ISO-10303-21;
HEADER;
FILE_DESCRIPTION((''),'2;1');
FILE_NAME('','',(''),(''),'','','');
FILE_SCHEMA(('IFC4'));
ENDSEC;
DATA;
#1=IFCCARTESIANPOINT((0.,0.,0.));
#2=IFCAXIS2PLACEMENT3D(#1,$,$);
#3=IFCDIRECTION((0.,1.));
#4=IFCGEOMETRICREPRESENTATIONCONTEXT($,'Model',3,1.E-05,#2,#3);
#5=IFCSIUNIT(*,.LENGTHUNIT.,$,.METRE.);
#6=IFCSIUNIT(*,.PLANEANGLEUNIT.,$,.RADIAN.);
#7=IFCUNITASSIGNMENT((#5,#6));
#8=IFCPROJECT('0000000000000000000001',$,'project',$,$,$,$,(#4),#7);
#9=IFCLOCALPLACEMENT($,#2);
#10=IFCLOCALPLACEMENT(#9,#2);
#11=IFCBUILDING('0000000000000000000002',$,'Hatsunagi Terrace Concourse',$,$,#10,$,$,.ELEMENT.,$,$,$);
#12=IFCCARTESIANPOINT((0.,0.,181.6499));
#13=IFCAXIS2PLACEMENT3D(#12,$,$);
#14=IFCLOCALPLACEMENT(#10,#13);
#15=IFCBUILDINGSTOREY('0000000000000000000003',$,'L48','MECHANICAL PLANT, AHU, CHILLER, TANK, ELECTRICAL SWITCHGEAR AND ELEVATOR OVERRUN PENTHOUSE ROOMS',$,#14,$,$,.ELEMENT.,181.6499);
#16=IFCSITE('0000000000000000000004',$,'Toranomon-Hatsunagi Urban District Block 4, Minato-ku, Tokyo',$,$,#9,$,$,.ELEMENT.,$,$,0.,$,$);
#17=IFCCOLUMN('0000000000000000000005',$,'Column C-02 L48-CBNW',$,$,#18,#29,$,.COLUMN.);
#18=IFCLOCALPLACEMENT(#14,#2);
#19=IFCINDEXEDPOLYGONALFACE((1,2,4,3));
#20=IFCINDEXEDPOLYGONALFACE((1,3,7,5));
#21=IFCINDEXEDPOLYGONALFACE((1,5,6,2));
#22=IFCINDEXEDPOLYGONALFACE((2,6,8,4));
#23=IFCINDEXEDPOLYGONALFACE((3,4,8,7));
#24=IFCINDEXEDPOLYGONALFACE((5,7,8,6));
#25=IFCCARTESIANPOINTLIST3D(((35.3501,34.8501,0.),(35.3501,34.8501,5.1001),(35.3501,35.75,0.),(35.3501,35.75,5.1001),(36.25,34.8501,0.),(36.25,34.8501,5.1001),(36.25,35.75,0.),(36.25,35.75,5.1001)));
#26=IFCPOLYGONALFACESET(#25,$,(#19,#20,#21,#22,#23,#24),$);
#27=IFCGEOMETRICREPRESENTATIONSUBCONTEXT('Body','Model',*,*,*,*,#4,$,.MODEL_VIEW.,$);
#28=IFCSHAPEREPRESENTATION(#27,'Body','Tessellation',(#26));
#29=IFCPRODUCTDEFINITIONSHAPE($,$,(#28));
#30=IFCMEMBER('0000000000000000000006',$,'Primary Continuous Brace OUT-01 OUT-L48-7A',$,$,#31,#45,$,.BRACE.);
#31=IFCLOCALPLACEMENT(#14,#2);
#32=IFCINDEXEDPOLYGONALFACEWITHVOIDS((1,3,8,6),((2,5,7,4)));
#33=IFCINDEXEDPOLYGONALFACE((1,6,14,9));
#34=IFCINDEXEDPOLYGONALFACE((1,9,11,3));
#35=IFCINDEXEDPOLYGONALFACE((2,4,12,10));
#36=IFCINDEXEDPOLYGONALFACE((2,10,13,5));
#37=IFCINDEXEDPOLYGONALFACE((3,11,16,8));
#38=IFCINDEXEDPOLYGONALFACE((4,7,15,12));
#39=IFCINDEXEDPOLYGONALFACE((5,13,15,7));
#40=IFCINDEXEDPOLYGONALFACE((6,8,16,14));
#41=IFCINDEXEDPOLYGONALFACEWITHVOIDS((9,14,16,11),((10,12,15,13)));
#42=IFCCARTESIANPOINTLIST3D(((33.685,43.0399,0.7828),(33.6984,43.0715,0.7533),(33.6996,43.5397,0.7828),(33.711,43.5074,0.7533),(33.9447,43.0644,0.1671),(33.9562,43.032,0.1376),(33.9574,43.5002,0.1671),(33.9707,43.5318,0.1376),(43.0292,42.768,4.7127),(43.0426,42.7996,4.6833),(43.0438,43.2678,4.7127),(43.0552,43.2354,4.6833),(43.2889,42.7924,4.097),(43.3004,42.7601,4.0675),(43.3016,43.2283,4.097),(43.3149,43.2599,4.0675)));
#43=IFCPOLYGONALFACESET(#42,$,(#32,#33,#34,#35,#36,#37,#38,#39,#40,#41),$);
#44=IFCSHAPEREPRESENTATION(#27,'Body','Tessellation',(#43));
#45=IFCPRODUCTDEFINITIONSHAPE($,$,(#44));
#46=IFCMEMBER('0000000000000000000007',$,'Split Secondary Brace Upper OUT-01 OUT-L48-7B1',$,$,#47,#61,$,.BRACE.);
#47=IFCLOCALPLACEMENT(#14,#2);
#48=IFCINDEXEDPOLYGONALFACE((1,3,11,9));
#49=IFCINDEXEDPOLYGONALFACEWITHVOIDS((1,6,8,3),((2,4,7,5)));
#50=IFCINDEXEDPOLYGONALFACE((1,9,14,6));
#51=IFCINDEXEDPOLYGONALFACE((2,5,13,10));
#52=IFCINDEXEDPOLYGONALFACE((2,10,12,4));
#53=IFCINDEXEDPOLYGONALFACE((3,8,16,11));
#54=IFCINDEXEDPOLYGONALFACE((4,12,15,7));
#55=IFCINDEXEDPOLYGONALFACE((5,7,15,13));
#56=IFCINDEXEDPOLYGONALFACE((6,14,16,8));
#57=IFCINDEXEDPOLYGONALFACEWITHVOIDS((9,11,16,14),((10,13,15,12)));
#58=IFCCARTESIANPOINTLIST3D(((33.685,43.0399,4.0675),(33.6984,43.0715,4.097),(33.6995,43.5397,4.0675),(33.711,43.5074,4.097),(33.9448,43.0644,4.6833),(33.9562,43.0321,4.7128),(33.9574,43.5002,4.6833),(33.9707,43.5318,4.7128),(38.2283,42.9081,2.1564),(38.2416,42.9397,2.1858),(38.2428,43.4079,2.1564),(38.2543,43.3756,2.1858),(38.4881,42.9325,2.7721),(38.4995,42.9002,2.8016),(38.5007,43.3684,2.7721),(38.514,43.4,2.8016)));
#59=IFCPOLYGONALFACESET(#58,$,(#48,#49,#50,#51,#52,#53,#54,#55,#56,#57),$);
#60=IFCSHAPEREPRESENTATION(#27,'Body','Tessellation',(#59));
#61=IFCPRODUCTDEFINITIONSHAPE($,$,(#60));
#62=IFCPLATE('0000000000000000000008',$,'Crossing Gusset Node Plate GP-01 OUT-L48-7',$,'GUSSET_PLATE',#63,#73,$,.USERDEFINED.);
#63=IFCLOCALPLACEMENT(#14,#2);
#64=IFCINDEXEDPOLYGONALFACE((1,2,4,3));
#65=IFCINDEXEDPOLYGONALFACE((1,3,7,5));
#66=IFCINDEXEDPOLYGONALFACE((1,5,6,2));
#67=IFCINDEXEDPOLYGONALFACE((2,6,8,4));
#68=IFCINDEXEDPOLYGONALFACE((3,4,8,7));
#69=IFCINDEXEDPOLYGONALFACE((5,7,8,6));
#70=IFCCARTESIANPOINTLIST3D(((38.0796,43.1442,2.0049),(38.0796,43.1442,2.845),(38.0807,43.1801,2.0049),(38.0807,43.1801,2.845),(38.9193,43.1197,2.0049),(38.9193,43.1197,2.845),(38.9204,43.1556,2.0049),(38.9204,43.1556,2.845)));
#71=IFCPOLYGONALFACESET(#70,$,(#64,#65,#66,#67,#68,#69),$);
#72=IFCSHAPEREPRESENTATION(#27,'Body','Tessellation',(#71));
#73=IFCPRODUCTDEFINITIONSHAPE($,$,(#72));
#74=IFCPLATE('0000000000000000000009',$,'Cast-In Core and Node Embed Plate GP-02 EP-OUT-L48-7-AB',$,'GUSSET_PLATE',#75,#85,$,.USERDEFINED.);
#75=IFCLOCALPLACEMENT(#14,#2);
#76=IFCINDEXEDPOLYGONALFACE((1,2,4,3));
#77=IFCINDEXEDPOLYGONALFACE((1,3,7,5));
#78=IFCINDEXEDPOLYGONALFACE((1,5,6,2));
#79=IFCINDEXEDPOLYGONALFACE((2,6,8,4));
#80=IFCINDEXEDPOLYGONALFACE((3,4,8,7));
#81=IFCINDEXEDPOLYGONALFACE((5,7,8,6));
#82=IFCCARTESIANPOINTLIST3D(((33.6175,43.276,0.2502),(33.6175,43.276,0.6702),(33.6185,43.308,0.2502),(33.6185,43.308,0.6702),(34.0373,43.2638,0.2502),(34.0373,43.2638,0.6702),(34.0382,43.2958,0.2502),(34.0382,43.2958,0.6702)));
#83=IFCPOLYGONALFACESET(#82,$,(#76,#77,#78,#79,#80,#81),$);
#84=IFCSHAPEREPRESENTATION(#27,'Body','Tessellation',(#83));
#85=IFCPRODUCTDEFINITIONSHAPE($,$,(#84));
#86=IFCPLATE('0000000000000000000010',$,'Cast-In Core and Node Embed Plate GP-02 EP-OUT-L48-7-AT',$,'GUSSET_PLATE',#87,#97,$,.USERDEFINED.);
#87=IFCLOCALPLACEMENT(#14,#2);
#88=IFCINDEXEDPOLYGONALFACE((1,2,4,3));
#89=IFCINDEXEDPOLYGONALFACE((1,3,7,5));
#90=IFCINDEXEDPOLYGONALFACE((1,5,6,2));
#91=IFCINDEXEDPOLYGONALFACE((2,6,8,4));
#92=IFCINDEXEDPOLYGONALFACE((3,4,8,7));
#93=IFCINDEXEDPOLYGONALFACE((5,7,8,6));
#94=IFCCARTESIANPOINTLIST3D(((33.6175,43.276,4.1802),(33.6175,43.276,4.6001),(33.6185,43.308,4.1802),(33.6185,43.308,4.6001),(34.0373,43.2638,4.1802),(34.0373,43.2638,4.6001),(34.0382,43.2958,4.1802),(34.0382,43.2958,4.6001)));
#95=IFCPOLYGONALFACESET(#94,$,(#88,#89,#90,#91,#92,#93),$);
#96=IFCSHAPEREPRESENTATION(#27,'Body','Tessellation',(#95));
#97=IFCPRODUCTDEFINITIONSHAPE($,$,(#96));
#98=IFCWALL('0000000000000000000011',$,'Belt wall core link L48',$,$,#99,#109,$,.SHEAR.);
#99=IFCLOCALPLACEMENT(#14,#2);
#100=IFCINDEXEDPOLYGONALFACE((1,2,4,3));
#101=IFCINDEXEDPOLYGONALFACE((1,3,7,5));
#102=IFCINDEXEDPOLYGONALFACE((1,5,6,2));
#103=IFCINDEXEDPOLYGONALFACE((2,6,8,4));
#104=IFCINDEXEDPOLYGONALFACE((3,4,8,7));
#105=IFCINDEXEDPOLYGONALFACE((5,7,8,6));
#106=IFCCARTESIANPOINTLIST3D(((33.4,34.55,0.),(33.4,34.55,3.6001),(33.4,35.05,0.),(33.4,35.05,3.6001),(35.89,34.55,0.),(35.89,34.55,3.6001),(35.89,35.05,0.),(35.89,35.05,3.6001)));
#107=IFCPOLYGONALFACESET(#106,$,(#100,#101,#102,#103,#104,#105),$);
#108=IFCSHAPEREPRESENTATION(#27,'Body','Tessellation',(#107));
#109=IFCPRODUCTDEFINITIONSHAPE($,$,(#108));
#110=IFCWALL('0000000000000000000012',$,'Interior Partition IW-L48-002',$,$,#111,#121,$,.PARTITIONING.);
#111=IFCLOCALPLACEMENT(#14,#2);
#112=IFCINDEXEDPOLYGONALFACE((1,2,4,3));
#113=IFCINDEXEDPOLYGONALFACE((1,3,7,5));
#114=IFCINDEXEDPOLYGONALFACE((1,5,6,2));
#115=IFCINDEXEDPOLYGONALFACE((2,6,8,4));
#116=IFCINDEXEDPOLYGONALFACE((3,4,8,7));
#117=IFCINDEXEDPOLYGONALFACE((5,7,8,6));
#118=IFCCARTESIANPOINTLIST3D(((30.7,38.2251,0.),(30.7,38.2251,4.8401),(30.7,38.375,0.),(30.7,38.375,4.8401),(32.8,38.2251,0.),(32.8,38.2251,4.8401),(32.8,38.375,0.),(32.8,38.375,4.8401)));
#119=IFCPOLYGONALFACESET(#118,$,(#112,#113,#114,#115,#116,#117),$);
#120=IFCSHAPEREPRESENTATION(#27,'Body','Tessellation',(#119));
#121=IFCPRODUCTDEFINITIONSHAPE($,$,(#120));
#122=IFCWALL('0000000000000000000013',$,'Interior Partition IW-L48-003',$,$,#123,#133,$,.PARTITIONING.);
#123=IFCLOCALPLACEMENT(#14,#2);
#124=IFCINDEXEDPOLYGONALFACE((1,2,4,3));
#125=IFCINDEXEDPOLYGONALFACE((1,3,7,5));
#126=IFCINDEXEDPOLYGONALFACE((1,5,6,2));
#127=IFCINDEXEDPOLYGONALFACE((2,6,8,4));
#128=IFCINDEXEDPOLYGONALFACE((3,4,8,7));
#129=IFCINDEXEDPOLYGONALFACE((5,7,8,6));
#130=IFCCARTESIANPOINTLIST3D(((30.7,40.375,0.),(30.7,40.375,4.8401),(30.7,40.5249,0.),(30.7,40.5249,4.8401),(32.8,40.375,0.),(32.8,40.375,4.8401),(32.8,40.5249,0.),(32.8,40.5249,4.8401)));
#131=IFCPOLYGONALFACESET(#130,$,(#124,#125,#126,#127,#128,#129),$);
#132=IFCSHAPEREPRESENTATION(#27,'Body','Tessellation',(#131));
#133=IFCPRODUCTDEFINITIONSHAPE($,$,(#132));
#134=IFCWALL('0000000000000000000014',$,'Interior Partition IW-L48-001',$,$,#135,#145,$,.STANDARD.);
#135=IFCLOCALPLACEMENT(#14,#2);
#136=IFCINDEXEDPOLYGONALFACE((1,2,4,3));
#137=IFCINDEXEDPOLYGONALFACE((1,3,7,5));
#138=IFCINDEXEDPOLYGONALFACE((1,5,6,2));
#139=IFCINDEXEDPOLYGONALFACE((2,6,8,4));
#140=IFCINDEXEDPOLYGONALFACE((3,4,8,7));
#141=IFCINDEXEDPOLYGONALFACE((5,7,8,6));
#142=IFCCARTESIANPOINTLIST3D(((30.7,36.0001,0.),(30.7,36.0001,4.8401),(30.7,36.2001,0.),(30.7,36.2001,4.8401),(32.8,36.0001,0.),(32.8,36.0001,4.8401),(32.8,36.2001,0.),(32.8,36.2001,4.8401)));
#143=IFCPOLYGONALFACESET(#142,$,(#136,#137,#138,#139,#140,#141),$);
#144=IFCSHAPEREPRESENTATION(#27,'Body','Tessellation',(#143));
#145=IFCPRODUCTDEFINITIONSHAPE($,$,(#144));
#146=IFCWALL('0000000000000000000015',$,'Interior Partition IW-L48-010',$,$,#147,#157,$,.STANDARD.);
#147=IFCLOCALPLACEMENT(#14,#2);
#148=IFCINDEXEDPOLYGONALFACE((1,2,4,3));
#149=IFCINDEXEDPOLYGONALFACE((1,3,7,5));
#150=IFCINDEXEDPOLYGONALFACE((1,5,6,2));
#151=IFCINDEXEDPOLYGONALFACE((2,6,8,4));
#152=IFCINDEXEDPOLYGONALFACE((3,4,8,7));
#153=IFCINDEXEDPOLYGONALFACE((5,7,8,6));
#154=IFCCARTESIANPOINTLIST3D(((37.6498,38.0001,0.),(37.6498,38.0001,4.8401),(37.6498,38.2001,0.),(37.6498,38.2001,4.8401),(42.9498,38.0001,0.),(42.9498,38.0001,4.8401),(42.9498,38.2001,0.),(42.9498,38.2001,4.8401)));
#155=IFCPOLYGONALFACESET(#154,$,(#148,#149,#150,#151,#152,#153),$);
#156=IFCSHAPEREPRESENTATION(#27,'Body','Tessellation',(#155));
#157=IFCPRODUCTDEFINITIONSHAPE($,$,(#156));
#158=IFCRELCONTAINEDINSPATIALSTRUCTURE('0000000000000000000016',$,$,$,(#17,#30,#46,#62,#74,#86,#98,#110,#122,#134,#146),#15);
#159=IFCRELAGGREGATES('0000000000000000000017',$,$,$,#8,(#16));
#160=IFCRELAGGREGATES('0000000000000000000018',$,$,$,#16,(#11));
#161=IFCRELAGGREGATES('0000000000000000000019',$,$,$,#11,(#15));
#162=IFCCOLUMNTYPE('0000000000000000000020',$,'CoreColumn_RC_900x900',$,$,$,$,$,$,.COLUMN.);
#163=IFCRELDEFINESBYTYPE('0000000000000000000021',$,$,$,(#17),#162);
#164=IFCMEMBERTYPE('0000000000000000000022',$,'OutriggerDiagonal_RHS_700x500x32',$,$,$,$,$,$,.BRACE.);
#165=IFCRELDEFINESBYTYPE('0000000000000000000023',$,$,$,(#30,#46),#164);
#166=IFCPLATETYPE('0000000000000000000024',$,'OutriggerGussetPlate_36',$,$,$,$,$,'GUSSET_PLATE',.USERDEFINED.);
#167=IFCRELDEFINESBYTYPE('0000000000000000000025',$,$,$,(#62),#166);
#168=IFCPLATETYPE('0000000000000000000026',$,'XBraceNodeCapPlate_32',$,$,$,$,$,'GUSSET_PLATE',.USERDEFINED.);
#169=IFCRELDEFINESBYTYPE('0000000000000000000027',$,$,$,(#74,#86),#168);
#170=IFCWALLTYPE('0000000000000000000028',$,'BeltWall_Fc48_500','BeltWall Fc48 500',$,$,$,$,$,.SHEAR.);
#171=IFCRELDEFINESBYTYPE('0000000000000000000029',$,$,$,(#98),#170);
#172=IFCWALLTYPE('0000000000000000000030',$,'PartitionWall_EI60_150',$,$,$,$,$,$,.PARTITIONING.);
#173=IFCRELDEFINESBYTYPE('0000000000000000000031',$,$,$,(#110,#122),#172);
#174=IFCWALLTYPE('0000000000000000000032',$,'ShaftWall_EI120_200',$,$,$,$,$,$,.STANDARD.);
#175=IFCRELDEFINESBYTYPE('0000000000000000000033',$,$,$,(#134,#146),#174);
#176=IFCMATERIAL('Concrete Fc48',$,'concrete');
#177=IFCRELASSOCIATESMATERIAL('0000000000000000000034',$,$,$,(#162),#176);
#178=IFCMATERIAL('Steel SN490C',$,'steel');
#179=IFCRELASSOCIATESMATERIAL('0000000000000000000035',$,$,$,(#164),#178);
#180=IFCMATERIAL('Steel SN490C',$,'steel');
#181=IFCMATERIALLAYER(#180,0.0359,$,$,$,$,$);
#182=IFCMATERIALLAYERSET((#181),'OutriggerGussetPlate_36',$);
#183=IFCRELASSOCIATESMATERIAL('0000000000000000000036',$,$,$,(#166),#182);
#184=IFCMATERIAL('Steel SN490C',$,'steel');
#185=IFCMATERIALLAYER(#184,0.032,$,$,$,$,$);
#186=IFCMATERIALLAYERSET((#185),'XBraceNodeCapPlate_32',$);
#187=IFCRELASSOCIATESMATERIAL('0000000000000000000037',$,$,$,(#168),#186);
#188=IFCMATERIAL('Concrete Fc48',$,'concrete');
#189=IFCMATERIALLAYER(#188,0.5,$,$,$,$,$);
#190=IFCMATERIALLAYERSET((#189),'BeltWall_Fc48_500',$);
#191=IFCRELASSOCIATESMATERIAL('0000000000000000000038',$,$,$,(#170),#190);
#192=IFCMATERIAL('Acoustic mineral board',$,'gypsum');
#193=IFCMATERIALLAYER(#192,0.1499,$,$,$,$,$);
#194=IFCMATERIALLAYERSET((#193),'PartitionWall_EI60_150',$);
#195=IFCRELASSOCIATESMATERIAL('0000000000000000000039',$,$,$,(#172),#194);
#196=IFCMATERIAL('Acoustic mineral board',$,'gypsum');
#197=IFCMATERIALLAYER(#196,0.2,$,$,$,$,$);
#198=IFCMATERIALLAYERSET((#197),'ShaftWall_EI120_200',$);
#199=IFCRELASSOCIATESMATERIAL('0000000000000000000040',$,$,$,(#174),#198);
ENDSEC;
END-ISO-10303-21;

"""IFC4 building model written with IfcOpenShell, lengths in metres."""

from ifc_helpers import new_model, si_unit, direction, frame, frame_2d, origin, origin_2d, place, context, subcontext, project, spatial, rectangle, hollow_rectangle, extrude, material, layer, layer_set, material_profile, profile_set, type_object, element, save


model = new_model("IFC4")

# Units and contexts
model_context = context("Model", 3, precision=1e-05, world=origin(), true_north=direction((0.0, 1.0)))
body_context = subcontext(model_context, "Body", "Model", "MODEL_VIEW")
ifc_project = project(units=[si_unit("LENGTHUNIT", "METRE"), si_unit("PLANEANGLEUNIT", "RADIAN")], contexts=[model_context])

# Site, building, storey
site_placement = place(None, origin())
site = spatial("IfcSite", under=ifc_project, at=site_placement, Name="Toranomon-Hatsunagi Urban District Block 4, Minato-ku, Tokyo", CompositionType="ELEMENT", RefElevation=0.0)
building_placement = place(site_placement, origin())
building = spatial("IfcBuilding", under=site, at=building_placement, Name="Hatsunagi Terrace Concourse", CompositionType="ELEMENT")
storey_placement = place(building_placement, frame((0.0, 0.0, 181.6499)))
storey = spatial("IfcBuildingStorey", under=building, at=storey_placement, Name="L48", Description="MECHANICAL PLANT, AHU, CHILLER, TANK, ELECTRICAL SWITCHGEAR AND ELEVATOR OVERRUN PENTHOUSE ROOMS", CompositionType="ELEMENT", Elevation=181.6499)

# Column
ifc_material_1 = material(Name="Concrete Fc48", Category="concrete")
ifc_material_profile_1 = material_profile(ifc_material_1, rectangle(XDim=0.8999, YDim=0.8999, at=origin_2d()), Name="RC-900x900")
ifc_profile_set_1 = profile_set([ifc_material_profile_1], Name="Concrete Fc48")
column_type = type_object("IfcColumnType", Name="CoreColumn_RC_900x900", PredefinedType="COLUMN", material=ifc_profile_set_1)
column_placement = place(storey_placement, frame((35.8, 35.3, 0.0), z_axis=(0.0, 0.0, 1.0), x_axis=(1.0, 0.0, 0.0)))
element("IfcColumn", 1, at=column_placement, inside=storey, type_object=column_type, Name="Column C-02 L48-CBNW", PredefinedType="COLUMN", context=body_context, shape_type="SweptSolid", body=[
    extrude(rectangle(XDim=0.8999, YDim=0.8999, at=origin_2d()), origin(), (0.0, 0.0, 1.0), 5.1001),
])

# Members
ifc_material_2 = material(Name="Steel SN490C", Category="steel")
ifc_material_profile_2 = material_profile(ifc_material_2, hollow_rectangle(XDim=0.5, YDim=0.7, WallThickness=0.032, at=origin_2d()), Name="RHS-700x500x32")
ifc_profile_set_2 = profile_set([ifc_material_profile_2], Name="Steel SN490C")
member_type = type_object("IfcMemberType", Name="OutriggerDiagonal_RHS_700x500x32", PredefinedType="BRACE", material=ifc_profile_set_2)
member_1_placement = place(storey_placement, frame((33.8279, 43.2859, 0.4602), z_axis=(0.921462, -0.02682, 0.387542), x_axis=(0.029094, 0.999577, 0.0)))
element("IfcMember", 2, at=member_1_placement, inside=storey, type_object=member_type, Name="Primary Continuous Brace OUT-01 OUT-L48-7A", PredefinedType="BRACE", context=body_context, shape_type="SweptSolid", body=[
    extrude(hollow_rectangle(XDim=0.5, YDim=0.7, WallThickness=0.032, at=origin_2d()), origin(), (0.0, 0.0, 1.0), 10.1406),
])
member_2_placement = place(storey_placement, frame((33.8279, 43.2859, 4.3901), z_axis=(0.921436, -0.026738, -0.387608), x_axis=(0.029006, 0.999579, 0.0)))
element("IfcMember", 3, at=member_2_placement, inside=storey, type_object=member_type, Name="Split Secondary Brace Upper OUT-01 OUT-L48-7B1", PredefinedType="BRACE", context=body_context, shape_type="SweptSolid", body=[
    extrude(hollow_rectangle(XDim=0.5, YDim=0.7, WallThickness=0.032, at=origin_2d()), origin(), (0.0, 0.0, 1.0), 4.9307),
])

# Plates
ifc_material_3 = material(Name="Steel SN490C", Category="steel")
ifc_layer_1 = layer(ifc_material_3, 0.0359)
ifc_layer_set_1 = layer_set([ifc_layer_1], Name="OutriggerGussetPlate_36")
plate_type_1 = type_object("IfcPlateType", Name="OutriggerGussetPlate_36", ElementType="GUSSET_PLATE", PredefinedType="USERDEFINED", material=ifc_layer_set_1)
plate_placement = place(storey_placement, frame((38.5, 43.1499, 2.0049), z_axis=(0.0, 0.0, 1.0), x_axis=(0.999576, -0.029113, 0.0)))
element("IfcPlate", 4, at=plate_placement, inside=storey, type_object=plate_type_1, Name="Crossing Gusset Node Plate GP-01 OUT-L48-7", ObjectType="GUSSET_PLATE", PredefinedType="USERDEFINED", context=body_context, shape_type="SweptSolid", body=[
    extrude(rectangle(XDim=0.8401, YDim=0.0359, at=origin_2d()), origin(), (0.0, 0.0, 1.0), 0.8401),
])
ifc_material_4 = material(Name="Steel SN490C", Category="steel")
ifc_layer_2 = layer(ifc_material_4, 0.032)
ifc_layer_set_2 = layer_set([ifc_layer_2], Name="XBraceNodeCapPlate_32")
plate_type_2 = type_object("IfcPlateType", Name="XBraceNodeCapPlate_32", ElementType="GUSSET_PLATE", PredefinedType="USERDEFINED", material=ifc_layer_set_2)
for number, where, z_axis, x_axis, name in (
    (5, (33.8279, 43.2859, 0.2502), (0.0, 0.0, 1.0), (0.999576, -0.029113, 0.0), "Cast-In Core and Node Embed Plate GP-02 EP-OUT-L48-7-AB"),
    (6, (33.8279, 43.2859, 4.1802), (0.0, 0.0, 1.0), (0.999576, -0.029113, 0.0), "Cast-In Core and Node Embed Plate GP-02 EP-OUT-L48-7-AT"),
):
    element("IfcPlate", number, at=place(storey_placement, frame(where, z_axis=z_axis, x_axis=x_axis)), inside=storey, type_object=plate_type_2, Name=name, ObjectType="GUSSET_PLATE", PredefinedType="USERDEFINED", context=body_context, shape_type="SweptSolid", body=[
        extrude(rectangle(XDim=0.4199, YDim=0.032, at=origin_2d()), origin(), (0.0, 0.0, 1.0), 0.4199),
    ])

# Wall
ifc_material_5 = material(Name="Concrete Fc48", Category="concrete")
ifc_layer_3 = layer(ifc_material_5, 0.5)
ifc_layer_set_3 = layer_set([ifc_layer_3], Name="BeltWall_Fc48_500")
wall_type_1 = type_object("IfcWallType", Name="BeltWall_Fc48_500", Description="BeltWall Fc48 500", PredefinedType="SHEAR", material=ifc_layer_set_3)
wall_1_placement = place(storey_placement, frame((33.3999, 34.8, 0.0), z_axis=(0.0, 0.0, 1.0), x_axis=(1.0, 0.0, 0.0)))
element("IfcWall", 7, at=wall_1_placement, inside=storey, type_object=wall_type_1, Name="Belt wall core link L48", PredefinedType="SHEAR", context=body_context, shape_type="SweptSolid", body=[
    extrude(rectangle(XDim=2.49, YDim=0.5, at=frame_2d((1.2451, 0.0))), origin(), (0.0, 0.0, 1.0), 3.6001),
])

# Walls
ifc_material_6 = material(Name="Acoustic mineral board", Category="gypsum")
ifc_layer_4 = layer(ifc_material_6, 0.1499)
ifc_layer_set_4 = layer_set([ifc_layer_4], Name="PartitionWall_EI60_150")
wall_type_2 = type_object("IfcWallType", Name="PartitionWall_EI60_150", PredefinedType="PARTITIONING", material=ifc_layer_set_4)
for number, where, z_axis, x_axis, name in (
    (8, (30.7, 38.3, 0.0), (0.0, 0.0, 1.0), (1.0, 0.0, 0.0), "Interior Partition IW-L48-002"),
    (9, (30.7, 40.45, 0.0), (0.0, 0.0, 1.0), (1.0, 0.0, 0.0), "Interior Partition IW-L48-003"),
):
    element("IfcWall", number, at=place(storey_placement, frame(where, z_axis=z_axis, x_axis=x_axis)), inside=storey, type_object=wall_type_2, Name=name, PredefinedType="PARTITIONING", context=body_context, shape_type="SweptSolid", body=[
        extrude(rectangle(XDim=2.1001, YDim=0.1499, at=frame_2d((1.05, 0.0))), origin(), (0.0, 0.0, 1.0), 4.8401),
    ])
ifc_material_7 = material(Name="Acoustic mineral board", Category="gypsum")
ifc_layer_5 = layer(ifc_material_7, 0.2)
ifc_layer_set_5 = layer_set([ifc_layer_5], Name="ShaftWall_EI120_200")
wall_type_3 = type_object("IfcWallType", Name="ShaftWall_EI120_200", PredefinedType="STANDARD", material=ifc_layer_set_5)
wall_2_placement = place(storey_placement, frame((30.7, 36.1001, 0.0), z_axis=(0.0, 0.0, 1.0), x_axis=(1.0, 0.0, 0.0)))
element("IfcWall", 10, at=wall_2_placement, inside=storey, type_object=wall_type_3, Name="Interior Partition IW-L48-001", PredefinedType="STANDARD", context=body_context, shape_type="SweptSolid", body=[
    extrude(rectangle(XDim=2.1001, YDim=0.2, at=frame_2d((1.05, 0.0))), origin(), (0.0, 0.0, 1.0), 4.8401),
])
wall_3_placement = place(storey_placement, frame((37.6499, 38.1001, 0.0), z_axis=(0.0, 0.0, 1.0), x_axis=(1.0, 0.0, 0.0)))
element("IfcWall", 11, at=wall_3_placement, inside=storey, type_object=wall_type_3, Name="Interior Partition IW-L48-010", PredefinedType="STANDARD", context=body_context, shape_type="SweptSolid", body=[
    extrude(rectangle(XDim=5.3, YDim=0.2, at=frame_2d((2.6499, 0.0))), origin(), (0.0, 0.0, 1.0), 4.8401),
])

save(model, "model.ifc")
